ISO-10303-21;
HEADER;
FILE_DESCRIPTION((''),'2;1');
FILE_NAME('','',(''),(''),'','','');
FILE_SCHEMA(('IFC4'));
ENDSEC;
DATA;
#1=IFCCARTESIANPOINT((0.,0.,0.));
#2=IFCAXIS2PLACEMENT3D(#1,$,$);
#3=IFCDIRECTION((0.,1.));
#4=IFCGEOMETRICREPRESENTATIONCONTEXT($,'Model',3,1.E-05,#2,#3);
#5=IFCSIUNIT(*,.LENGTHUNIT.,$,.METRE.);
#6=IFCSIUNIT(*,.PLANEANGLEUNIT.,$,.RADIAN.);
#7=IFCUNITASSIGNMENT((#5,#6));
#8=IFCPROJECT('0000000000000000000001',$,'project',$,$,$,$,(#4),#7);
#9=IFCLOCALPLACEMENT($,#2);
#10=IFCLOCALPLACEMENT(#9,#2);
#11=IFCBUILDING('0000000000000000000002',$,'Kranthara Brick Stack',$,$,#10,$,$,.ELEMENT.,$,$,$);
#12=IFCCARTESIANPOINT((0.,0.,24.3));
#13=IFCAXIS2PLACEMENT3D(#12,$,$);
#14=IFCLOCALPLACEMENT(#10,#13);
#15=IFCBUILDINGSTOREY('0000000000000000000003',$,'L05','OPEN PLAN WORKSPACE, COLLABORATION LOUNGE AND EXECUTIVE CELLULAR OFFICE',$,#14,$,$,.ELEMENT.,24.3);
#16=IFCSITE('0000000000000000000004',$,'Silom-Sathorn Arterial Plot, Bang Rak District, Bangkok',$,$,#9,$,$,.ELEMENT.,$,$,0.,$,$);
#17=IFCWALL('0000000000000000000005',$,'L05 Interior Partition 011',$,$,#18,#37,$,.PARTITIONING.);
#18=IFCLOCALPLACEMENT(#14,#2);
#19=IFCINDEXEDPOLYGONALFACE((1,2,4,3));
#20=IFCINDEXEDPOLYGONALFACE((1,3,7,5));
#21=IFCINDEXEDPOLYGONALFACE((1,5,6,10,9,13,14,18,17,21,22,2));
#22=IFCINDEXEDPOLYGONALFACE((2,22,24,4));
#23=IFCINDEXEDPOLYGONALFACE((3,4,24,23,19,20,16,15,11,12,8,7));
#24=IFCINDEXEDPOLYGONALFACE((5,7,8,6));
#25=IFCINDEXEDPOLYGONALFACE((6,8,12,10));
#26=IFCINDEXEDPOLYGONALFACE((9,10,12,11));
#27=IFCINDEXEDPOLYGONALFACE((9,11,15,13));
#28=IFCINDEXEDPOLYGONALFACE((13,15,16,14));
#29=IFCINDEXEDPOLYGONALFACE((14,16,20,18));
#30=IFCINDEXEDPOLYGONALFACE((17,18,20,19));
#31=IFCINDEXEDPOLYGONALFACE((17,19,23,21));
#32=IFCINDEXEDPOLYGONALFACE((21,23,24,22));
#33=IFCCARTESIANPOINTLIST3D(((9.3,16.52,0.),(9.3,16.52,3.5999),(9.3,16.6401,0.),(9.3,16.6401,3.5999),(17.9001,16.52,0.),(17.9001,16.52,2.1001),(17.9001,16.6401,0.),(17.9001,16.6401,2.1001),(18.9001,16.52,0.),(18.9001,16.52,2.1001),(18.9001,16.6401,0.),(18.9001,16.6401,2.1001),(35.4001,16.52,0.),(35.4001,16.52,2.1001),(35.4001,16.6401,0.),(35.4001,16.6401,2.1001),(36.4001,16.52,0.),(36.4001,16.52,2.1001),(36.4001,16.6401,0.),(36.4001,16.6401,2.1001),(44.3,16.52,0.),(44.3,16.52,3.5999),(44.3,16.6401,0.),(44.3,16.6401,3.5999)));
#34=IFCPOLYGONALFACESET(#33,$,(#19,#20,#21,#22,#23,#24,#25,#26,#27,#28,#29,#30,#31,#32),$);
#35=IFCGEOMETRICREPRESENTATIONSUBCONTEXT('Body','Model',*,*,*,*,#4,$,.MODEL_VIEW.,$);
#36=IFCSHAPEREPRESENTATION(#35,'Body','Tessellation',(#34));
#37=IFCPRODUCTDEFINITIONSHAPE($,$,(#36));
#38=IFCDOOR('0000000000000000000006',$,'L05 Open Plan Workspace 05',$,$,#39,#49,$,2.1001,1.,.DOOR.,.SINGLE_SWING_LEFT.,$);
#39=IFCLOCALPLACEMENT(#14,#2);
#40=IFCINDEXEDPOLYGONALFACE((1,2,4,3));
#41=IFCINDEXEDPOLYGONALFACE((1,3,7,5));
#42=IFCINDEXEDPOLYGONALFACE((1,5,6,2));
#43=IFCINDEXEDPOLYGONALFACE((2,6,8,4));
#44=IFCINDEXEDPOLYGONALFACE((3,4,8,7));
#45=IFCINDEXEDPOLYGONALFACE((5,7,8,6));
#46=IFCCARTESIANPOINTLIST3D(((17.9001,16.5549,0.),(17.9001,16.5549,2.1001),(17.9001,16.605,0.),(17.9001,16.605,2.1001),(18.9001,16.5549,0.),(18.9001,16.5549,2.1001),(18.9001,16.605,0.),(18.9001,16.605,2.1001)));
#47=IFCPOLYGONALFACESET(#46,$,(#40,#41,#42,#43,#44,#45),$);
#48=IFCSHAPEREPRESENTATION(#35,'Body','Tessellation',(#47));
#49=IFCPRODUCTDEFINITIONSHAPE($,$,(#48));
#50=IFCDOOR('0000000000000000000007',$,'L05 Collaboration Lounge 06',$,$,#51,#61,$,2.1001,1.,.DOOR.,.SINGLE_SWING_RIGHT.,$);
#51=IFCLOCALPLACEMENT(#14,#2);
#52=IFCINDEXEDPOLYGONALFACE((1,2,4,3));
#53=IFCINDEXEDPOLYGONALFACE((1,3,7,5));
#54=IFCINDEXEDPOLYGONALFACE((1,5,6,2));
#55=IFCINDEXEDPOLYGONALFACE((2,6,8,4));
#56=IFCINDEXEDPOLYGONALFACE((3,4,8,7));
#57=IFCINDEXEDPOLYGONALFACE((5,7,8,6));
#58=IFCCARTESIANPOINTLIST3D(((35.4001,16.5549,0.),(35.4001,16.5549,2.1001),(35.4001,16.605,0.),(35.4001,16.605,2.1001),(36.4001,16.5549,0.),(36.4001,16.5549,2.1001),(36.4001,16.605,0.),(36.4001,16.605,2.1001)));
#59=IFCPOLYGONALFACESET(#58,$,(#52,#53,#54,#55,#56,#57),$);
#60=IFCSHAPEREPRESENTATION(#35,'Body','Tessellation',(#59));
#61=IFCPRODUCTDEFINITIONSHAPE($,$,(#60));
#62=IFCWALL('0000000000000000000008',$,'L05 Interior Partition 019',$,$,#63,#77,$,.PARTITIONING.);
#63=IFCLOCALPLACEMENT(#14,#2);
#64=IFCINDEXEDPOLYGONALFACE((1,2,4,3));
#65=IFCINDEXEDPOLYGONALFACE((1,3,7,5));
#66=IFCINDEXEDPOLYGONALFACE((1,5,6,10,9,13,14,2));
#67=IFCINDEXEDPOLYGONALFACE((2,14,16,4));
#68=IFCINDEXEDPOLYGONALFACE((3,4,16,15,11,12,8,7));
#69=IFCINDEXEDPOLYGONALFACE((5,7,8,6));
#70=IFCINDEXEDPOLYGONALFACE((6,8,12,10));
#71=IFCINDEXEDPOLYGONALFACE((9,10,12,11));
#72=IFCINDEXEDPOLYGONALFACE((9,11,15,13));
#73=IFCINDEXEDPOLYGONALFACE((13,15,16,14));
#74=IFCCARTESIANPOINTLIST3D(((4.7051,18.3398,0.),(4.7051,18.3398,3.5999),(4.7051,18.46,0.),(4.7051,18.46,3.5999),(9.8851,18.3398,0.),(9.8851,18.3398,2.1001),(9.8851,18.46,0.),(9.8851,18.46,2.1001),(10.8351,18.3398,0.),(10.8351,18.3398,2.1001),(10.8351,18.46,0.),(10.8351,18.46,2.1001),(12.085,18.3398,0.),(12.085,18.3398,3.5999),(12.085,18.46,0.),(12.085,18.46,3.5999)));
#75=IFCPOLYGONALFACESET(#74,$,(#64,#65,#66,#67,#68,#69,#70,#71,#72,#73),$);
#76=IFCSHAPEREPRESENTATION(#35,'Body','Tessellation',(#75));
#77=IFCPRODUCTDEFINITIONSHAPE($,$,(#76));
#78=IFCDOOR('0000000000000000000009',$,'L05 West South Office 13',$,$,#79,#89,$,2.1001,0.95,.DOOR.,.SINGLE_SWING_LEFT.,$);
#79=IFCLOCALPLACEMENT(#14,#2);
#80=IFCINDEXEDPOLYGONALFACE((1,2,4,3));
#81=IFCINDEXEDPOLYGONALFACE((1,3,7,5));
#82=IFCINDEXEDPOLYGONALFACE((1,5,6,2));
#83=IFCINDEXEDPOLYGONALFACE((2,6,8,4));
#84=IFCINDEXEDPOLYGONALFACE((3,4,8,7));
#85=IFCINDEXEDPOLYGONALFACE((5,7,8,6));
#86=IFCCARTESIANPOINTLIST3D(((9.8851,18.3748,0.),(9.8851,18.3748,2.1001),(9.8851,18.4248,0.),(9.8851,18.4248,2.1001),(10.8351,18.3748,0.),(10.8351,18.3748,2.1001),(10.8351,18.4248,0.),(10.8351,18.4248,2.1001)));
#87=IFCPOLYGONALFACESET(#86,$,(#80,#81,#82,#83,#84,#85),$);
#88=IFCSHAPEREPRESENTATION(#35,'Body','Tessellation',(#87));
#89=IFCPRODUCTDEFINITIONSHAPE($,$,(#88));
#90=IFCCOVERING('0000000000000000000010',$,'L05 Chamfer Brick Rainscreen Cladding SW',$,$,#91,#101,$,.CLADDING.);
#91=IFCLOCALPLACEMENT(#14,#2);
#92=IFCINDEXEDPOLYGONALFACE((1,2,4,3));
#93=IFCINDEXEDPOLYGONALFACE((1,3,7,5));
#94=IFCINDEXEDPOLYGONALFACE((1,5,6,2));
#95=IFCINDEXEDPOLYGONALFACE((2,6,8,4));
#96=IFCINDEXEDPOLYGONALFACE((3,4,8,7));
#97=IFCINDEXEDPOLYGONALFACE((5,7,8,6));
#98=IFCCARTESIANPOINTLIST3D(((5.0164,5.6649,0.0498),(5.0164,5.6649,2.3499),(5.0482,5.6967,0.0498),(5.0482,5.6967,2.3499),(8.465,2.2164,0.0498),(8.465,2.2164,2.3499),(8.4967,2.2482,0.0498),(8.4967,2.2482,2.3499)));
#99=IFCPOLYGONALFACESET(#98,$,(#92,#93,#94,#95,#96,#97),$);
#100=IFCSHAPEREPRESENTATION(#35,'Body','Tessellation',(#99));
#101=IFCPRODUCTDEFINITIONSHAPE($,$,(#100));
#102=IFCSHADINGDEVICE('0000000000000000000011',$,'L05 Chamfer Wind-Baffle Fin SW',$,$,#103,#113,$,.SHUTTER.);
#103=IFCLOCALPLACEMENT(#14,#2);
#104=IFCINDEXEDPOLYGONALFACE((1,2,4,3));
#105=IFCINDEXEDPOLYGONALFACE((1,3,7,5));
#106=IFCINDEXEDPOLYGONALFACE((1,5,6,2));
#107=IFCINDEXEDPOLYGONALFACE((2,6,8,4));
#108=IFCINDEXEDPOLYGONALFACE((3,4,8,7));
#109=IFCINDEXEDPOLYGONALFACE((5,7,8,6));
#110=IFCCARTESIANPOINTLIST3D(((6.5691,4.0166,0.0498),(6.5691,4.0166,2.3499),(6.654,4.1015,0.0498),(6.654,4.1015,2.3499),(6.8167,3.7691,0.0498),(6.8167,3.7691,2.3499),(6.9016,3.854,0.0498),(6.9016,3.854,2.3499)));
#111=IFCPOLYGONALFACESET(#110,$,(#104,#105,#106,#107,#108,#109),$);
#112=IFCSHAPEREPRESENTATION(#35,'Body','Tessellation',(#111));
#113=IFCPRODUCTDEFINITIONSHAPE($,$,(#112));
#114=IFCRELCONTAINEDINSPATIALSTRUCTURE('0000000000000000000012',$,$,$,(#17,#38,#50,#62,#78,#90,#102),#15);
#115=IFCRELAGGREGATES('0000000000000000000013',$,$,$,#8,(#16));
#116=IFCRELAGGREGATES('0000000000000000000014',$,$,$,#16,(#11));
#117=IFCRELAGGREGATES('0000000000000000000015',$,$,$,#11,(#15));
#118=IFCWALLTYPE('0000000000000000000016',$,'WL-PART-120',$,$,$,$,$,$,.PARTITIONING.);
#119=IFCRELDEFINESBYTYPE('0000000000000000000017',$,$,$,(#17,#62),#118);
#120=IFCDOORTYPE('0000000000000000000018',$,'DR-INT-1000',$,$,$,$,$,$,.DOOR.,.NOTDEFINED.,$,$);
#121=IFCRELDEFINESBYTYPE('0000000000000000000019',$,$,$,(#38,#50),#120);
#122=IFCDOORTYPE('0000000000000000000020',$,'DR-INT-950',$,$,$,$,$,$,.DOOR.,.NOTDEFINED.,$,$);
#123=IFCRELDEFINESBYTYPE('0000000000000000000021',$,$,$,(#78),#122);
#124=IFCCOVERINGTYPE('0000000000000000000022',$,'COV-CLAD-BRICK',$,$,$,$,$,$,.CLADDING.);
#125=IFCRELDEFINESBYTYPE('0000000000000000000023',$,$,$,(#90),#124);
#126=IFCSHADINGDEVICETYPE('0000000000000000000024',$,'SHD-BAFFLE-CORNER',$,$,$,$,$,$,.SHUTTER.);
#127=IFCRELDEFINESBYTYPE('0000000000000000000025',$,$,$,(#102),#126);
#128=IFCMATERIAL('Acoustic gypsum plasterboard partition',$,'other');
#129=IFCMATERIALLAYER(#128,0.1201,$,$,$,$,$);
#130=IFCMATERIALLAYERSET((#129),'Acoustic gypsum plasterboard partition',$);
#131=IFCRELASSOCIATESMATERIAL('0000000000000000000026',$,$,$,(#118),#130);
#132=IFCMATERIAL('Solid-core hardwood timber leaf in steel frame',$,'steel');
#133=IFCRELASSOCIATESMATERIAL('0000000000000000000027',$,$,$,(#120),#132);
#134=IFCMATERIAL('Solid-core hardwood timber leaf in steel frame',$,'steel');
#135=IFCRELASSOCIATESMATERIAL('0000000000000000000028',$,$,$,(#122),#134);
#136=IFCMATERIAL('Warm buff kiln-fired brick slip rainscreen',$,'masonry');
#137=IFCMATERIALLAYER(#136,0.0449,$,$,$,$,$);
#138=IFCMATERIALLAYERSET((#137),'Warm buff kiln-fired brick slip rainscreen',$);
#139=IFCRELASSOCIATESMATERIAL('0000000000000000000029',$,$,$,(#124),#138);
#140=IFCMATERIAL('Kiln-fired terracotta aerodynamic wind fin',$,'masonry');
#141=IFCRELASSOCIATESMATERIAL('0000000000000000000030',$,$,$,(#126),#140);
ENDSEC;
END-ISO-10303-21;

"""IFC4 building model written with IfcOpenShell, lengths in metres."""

from ifc_helpers import new_model, si_unit, direction, frame, frame_2d, origin, origin_2d, place, context, subcontext, project, spatial, rectangle, extrude, material, layer, layer_set, type_object, element, fill, save


model = new_model("IFC4")

# Units and contexts
model_context = context("Model", 3, precision=1e-05, world=origin(), true_north=direction((0.0, 1.0)))
body_context = subcontext(model_context, "Body", "Model", "MODEL_VIEW")
ifc_project = project(units=[si_unit("LENGTHUNIT", "METRE"), si_unit("PLANEANGLEUNIT", "RADIAN")], contexts=[model_context])

# Site, building, storey
site_placement = place(None, origin())
site = spatial("IfcSite", under=ifc_project, at=site_placement, Name="Silom-Sathorn Arterial Plot, Bang Rak District, Bangkok", CompositionType="ELEMENT", RefElevation=0.0)
building_placement = place(site_placement, origin())
building = spatial("IfcBuilding", under=site, at=building_placement, Name="Kranthara Brick Stack", CompositionType="ELEMENT")
storey_placement = place(building_placement, frame((0.0, 0.0, 24.3)))
storey = spatial("IfcBuildingStorey", under=building, at=storey_placement, Name="L05", Description="OPEN PLAN WORKSPACE, COLLABORATION LOUNGE AND EXECUTIVE CELLULAR OFFICE", CompositionType="ELEMENT", Elevation=24.3)

# Wall, openings, doors
ifc_material_1 = material(Name="Acoustic gypsum plasterboard partition", Category="other")
ifc_layer_1 = layer(ifc_material_1, 0.1201)
ifc_layer_set_1 = layer_set([ifc_layer_1], Name="Acoustic gypsum plasterboard partition")
wall_type_1 = type_object("IfcWallType", Name="WL-PART-120", PredefinedType="PARTITIONING", material=ifc_layer_set_1)
wall_1_placement = place(storey_placement, frame((9.3, 16.5801, 0.0), z_axis=(0.0, 0.0, 1.0), x_axis=(1.0, 0.0, 0.0)))
wall_1 = element("IfcWall", 1, at=wall_1_placement, inside=storey, type_object=wall_type_1, Name="L05 Interior Partition 011", PredefinedType="PARTITIONING", context=body_context, shape_type="SweptSolid", body=[
    extrude(rectangle(XDim=35.0, YDim=0.1201, at=frame_2d((17.5, 0.0))), origin(), (0.0, 0.0, 1.0), 3.5999),
])
opening_1_placement = place(wall_1_placement, frame((8.6001, 0.0, 0.0)))
opening_1 = element("IfcOpeningElement", 2, at=opening_1_placement, cuts=wall_1, PredefinedType="OPENING", context=body_context, shape_type="SweptSolid", body=[
    extrude(rectangle(XDim=1.0, YDim=2.1001, at=frame_2d((0.5, 1.05))), frame((0.0, 0.0701, 0.0), z_axis=(0.0, -1.0, 0.0), x_axis=(1.0, 0.0, 0.0)), (0.0, 0.0, 1.0), 0.1401),
])
opening_2_placement = place(wall_1_placement, frame((26.1001, 0.0, 0.0)))
opening_2 = element("IfcOpeningElement", 3, at=opening_2_placement, cuts=wall_1, PredefinedType="OPENING", context=body_context, shape_type="SweptSolid", body=[
    extrude(rectangle(XDim=1.0, YDim=2.1001, at=frame_2d((0.5, 1.05))), frame((0.0, 0.0701, 0.0), z_axis=(0.0, -1.0, 0.0), x_axis=(1.0, 0.0, 0.0)), (0.0, 0.0, 1.0), 0.1401),
])
ifc_material_2 = material(Name="Solid-core hardwood timber leaf in steel frame", Category="steel")
door_type_1 = type_object("IfcDoorType", Name="DR-INT-1000", OperationType="NOTDEFINED", PredefinedType="DOOR", material=ifc_material_2)
door_1_placement = place(opening_1_placement, origin())
door_1 = element("IfcDoor", 4, at=door_1_placement, inside=storey, type_object=door_type_1, Name="L05 Open Plan Workspace 05", OperationType="SINGLE_SWING_LEFT", OverallHeight=2.1001, OverallWidth=1.0, PredefinedType="DOOR", context=body_context, shape_type="SweptSolid", body=[
    extrude(rectangle(XDim=1.0, YDim=2.1001, at=frame_2d((0.5, 1.05))), frame((0.0, 0.0249, 0.0), z_axis=(0.0, -1.0, 0.0), x_axis=(1.0, 0.0, 0.0)), (0.0, 0.0, 1.0), 0.05),
])
fill(opening_1, door_1)
door_2_placement = place(opening_2_placement, origin())
door_2 = element("IfcDoor", 5, at=door_2_placement, inside=storey, type_object=door_type_1, Name="L05 Collaboration Lounge 06", OperationType="SINGLE_SWING_RIGHT", OverallHeight=2.1001, OverallWidth=1.0, PredefinedType="DOOR", context=body_context, shape_type="SweptSolid", body=[
    extrude(rectangle(XDim=1.0, YDim=2.1001, at=frame_2d((0.5, 1.05))), frame((0.0, 0.0249, 0.0), z_axis=(0.0, -1.0, 0.0), x_axis=(1.0, 0.0, 0.0)), (0.0, 0.0, 1.0), 0.05),
])
fill(opening_2, door_2)

# Wall, opening, door
wall_2_placement = place(storey_placement, frame((4.7051, 18.3999, 0.0), z_axis=(0.0, 0.0, 1.0), x_axis=(1.0, 0.0, 0.0)))
wall_2 = element("IfcWall", 6, at=wall_2_placement, inside=storey, type_object=wall_type_1, Name="L05 Interior Partition 019", PredefinedType="PARTITIONING", context=body_context, shape_type="SweptSolid", body=[
    extrude(rectangle(XDim=7.3799, YDim=0.1201, at=frame_2d((3.6899, 0.0))), origin(), (0.0, 0.0, 1.0), 3.5999),
])
opening_3_placement = place(wall_2_placement, frame((5.1799, 0.0, 0.0)))
opening_3 = element("IfcOpeningElement", 7, at=opening_3_placement, cuts=wall_2, PredefinedType="OPENING", context=body_context, shape_type="SweptSolid", body=[
    extrude(rectangle(XDim=0.95, YDim=2.1001, at=frame_2d((0.4751, 1.05))), frame((0.0, 0.0701, 0.0), z_axis=(0.0, -1.0, 0.0), x_axis=(1.0, 0.0, 0.0)), (0.0, 0.0, 1.0), 0.1401),
])
ifc_material_3 = material(Name="Solid-core hardwood timber leaf in steel frame", Category="steel")
door_type_2 = type_object("IfcDoorType", Name="DR-INT-950", OperationType="NOTDEFINED", PredefinedType="DOOR", material=ifc_material_3)
door_3_placement = place(opening_3_placement, origin())
door_3 = element("IfcDoor", 8, at=door_3_placement, inside=storey, type_object=door_type_2, Name="L05 West South Office 13", OperationType="SINGLE_SWING_LEFT", OverallHeight=2.1001, OverallWidth=0.95, PredefinedType="DOOR", context=body_context, shape_type="SweptSolid", body=[
    extrude(rectangle(XDim=0.95, YDim=2.1001, at=frame_2d((0.4751, 1.05))), frame((0.0, 0.0249, 0.0), z_axis=(0.0, -1.0, 0.0), x_axis=(1.0, 0.0, 0.0)), (0.0, 0.0, 1.0), 0.05),
])
fill(opening_3, door_3)

# Covering
ifc_material_4 = material(Name="Warm buff kiln-fired brick slip rainscreen", Category="masonry")
ifc_layer_2 = layer(ifc_material_4, 0.0449)
ifc_layer_set_2 = layer_set([ifc_layer_2], Name="Warm buff kiln-fired brick slip rainscreen")
covering_type = type_object("IfcCoveringType", Name="COV-CLAD-BRICK", PredefinedType="CLADDING", material=ifc_layer_set_2)
covering_placement = place(storey_placement, frame((6.7566, 3.9565, 0.0498), z_axis=(0.0, 0.0, 1.0), x_axis=(-0.707107, 0.707107, 0.0)))
element("IfcCovering", 9, at=covering_placement, inside=storey, type_object=covering_type, Name="L05 Chamfer Brick Rainscreen Cladding SW", PredefinedType="CLADDING", context=body_context, shape_type="SweptSolid", body=[
    extrude(rectangle(XDim=4.877, YDim=0.0449, at=origin_2d()), origin(), (0.0, 0.0, 1.0), 2.3),
])

# Shading device
ifc_material_5 = material(Name="Kiln-fired terracotta aerodynamic wind fin", Category="masonry")
shading_device_type = type_object("IfcShadingDeviceType", Name="SHD-BAFFLE-CORNER", PredefinedType="SHUTTER", material=ifc_material_5)
shading_device_placement = place(storey_placement, frame((6.7354, 3.9353, 0.0498), z_axis=(0.0, 0.0, 1.0), x_axis=(-0.707107, 0.707107, 0.0)))
element("IfcShadingDevice", 10, at=shading_device_placement, inside=storey, type_object=shading_device_type, Name="L05 Chamfer Wind-Baffle Fin SW", PredefinedType="SHUTTER", context=body_context, shape_type="SweptSolid", body=[
    extrude(rectangle(XDim=0.3501, YDim=0.1201, at=origin_2d()), origin(), (0.0, 0.0, 1.0), 2.3),
])

save(model, "model.ifc")
